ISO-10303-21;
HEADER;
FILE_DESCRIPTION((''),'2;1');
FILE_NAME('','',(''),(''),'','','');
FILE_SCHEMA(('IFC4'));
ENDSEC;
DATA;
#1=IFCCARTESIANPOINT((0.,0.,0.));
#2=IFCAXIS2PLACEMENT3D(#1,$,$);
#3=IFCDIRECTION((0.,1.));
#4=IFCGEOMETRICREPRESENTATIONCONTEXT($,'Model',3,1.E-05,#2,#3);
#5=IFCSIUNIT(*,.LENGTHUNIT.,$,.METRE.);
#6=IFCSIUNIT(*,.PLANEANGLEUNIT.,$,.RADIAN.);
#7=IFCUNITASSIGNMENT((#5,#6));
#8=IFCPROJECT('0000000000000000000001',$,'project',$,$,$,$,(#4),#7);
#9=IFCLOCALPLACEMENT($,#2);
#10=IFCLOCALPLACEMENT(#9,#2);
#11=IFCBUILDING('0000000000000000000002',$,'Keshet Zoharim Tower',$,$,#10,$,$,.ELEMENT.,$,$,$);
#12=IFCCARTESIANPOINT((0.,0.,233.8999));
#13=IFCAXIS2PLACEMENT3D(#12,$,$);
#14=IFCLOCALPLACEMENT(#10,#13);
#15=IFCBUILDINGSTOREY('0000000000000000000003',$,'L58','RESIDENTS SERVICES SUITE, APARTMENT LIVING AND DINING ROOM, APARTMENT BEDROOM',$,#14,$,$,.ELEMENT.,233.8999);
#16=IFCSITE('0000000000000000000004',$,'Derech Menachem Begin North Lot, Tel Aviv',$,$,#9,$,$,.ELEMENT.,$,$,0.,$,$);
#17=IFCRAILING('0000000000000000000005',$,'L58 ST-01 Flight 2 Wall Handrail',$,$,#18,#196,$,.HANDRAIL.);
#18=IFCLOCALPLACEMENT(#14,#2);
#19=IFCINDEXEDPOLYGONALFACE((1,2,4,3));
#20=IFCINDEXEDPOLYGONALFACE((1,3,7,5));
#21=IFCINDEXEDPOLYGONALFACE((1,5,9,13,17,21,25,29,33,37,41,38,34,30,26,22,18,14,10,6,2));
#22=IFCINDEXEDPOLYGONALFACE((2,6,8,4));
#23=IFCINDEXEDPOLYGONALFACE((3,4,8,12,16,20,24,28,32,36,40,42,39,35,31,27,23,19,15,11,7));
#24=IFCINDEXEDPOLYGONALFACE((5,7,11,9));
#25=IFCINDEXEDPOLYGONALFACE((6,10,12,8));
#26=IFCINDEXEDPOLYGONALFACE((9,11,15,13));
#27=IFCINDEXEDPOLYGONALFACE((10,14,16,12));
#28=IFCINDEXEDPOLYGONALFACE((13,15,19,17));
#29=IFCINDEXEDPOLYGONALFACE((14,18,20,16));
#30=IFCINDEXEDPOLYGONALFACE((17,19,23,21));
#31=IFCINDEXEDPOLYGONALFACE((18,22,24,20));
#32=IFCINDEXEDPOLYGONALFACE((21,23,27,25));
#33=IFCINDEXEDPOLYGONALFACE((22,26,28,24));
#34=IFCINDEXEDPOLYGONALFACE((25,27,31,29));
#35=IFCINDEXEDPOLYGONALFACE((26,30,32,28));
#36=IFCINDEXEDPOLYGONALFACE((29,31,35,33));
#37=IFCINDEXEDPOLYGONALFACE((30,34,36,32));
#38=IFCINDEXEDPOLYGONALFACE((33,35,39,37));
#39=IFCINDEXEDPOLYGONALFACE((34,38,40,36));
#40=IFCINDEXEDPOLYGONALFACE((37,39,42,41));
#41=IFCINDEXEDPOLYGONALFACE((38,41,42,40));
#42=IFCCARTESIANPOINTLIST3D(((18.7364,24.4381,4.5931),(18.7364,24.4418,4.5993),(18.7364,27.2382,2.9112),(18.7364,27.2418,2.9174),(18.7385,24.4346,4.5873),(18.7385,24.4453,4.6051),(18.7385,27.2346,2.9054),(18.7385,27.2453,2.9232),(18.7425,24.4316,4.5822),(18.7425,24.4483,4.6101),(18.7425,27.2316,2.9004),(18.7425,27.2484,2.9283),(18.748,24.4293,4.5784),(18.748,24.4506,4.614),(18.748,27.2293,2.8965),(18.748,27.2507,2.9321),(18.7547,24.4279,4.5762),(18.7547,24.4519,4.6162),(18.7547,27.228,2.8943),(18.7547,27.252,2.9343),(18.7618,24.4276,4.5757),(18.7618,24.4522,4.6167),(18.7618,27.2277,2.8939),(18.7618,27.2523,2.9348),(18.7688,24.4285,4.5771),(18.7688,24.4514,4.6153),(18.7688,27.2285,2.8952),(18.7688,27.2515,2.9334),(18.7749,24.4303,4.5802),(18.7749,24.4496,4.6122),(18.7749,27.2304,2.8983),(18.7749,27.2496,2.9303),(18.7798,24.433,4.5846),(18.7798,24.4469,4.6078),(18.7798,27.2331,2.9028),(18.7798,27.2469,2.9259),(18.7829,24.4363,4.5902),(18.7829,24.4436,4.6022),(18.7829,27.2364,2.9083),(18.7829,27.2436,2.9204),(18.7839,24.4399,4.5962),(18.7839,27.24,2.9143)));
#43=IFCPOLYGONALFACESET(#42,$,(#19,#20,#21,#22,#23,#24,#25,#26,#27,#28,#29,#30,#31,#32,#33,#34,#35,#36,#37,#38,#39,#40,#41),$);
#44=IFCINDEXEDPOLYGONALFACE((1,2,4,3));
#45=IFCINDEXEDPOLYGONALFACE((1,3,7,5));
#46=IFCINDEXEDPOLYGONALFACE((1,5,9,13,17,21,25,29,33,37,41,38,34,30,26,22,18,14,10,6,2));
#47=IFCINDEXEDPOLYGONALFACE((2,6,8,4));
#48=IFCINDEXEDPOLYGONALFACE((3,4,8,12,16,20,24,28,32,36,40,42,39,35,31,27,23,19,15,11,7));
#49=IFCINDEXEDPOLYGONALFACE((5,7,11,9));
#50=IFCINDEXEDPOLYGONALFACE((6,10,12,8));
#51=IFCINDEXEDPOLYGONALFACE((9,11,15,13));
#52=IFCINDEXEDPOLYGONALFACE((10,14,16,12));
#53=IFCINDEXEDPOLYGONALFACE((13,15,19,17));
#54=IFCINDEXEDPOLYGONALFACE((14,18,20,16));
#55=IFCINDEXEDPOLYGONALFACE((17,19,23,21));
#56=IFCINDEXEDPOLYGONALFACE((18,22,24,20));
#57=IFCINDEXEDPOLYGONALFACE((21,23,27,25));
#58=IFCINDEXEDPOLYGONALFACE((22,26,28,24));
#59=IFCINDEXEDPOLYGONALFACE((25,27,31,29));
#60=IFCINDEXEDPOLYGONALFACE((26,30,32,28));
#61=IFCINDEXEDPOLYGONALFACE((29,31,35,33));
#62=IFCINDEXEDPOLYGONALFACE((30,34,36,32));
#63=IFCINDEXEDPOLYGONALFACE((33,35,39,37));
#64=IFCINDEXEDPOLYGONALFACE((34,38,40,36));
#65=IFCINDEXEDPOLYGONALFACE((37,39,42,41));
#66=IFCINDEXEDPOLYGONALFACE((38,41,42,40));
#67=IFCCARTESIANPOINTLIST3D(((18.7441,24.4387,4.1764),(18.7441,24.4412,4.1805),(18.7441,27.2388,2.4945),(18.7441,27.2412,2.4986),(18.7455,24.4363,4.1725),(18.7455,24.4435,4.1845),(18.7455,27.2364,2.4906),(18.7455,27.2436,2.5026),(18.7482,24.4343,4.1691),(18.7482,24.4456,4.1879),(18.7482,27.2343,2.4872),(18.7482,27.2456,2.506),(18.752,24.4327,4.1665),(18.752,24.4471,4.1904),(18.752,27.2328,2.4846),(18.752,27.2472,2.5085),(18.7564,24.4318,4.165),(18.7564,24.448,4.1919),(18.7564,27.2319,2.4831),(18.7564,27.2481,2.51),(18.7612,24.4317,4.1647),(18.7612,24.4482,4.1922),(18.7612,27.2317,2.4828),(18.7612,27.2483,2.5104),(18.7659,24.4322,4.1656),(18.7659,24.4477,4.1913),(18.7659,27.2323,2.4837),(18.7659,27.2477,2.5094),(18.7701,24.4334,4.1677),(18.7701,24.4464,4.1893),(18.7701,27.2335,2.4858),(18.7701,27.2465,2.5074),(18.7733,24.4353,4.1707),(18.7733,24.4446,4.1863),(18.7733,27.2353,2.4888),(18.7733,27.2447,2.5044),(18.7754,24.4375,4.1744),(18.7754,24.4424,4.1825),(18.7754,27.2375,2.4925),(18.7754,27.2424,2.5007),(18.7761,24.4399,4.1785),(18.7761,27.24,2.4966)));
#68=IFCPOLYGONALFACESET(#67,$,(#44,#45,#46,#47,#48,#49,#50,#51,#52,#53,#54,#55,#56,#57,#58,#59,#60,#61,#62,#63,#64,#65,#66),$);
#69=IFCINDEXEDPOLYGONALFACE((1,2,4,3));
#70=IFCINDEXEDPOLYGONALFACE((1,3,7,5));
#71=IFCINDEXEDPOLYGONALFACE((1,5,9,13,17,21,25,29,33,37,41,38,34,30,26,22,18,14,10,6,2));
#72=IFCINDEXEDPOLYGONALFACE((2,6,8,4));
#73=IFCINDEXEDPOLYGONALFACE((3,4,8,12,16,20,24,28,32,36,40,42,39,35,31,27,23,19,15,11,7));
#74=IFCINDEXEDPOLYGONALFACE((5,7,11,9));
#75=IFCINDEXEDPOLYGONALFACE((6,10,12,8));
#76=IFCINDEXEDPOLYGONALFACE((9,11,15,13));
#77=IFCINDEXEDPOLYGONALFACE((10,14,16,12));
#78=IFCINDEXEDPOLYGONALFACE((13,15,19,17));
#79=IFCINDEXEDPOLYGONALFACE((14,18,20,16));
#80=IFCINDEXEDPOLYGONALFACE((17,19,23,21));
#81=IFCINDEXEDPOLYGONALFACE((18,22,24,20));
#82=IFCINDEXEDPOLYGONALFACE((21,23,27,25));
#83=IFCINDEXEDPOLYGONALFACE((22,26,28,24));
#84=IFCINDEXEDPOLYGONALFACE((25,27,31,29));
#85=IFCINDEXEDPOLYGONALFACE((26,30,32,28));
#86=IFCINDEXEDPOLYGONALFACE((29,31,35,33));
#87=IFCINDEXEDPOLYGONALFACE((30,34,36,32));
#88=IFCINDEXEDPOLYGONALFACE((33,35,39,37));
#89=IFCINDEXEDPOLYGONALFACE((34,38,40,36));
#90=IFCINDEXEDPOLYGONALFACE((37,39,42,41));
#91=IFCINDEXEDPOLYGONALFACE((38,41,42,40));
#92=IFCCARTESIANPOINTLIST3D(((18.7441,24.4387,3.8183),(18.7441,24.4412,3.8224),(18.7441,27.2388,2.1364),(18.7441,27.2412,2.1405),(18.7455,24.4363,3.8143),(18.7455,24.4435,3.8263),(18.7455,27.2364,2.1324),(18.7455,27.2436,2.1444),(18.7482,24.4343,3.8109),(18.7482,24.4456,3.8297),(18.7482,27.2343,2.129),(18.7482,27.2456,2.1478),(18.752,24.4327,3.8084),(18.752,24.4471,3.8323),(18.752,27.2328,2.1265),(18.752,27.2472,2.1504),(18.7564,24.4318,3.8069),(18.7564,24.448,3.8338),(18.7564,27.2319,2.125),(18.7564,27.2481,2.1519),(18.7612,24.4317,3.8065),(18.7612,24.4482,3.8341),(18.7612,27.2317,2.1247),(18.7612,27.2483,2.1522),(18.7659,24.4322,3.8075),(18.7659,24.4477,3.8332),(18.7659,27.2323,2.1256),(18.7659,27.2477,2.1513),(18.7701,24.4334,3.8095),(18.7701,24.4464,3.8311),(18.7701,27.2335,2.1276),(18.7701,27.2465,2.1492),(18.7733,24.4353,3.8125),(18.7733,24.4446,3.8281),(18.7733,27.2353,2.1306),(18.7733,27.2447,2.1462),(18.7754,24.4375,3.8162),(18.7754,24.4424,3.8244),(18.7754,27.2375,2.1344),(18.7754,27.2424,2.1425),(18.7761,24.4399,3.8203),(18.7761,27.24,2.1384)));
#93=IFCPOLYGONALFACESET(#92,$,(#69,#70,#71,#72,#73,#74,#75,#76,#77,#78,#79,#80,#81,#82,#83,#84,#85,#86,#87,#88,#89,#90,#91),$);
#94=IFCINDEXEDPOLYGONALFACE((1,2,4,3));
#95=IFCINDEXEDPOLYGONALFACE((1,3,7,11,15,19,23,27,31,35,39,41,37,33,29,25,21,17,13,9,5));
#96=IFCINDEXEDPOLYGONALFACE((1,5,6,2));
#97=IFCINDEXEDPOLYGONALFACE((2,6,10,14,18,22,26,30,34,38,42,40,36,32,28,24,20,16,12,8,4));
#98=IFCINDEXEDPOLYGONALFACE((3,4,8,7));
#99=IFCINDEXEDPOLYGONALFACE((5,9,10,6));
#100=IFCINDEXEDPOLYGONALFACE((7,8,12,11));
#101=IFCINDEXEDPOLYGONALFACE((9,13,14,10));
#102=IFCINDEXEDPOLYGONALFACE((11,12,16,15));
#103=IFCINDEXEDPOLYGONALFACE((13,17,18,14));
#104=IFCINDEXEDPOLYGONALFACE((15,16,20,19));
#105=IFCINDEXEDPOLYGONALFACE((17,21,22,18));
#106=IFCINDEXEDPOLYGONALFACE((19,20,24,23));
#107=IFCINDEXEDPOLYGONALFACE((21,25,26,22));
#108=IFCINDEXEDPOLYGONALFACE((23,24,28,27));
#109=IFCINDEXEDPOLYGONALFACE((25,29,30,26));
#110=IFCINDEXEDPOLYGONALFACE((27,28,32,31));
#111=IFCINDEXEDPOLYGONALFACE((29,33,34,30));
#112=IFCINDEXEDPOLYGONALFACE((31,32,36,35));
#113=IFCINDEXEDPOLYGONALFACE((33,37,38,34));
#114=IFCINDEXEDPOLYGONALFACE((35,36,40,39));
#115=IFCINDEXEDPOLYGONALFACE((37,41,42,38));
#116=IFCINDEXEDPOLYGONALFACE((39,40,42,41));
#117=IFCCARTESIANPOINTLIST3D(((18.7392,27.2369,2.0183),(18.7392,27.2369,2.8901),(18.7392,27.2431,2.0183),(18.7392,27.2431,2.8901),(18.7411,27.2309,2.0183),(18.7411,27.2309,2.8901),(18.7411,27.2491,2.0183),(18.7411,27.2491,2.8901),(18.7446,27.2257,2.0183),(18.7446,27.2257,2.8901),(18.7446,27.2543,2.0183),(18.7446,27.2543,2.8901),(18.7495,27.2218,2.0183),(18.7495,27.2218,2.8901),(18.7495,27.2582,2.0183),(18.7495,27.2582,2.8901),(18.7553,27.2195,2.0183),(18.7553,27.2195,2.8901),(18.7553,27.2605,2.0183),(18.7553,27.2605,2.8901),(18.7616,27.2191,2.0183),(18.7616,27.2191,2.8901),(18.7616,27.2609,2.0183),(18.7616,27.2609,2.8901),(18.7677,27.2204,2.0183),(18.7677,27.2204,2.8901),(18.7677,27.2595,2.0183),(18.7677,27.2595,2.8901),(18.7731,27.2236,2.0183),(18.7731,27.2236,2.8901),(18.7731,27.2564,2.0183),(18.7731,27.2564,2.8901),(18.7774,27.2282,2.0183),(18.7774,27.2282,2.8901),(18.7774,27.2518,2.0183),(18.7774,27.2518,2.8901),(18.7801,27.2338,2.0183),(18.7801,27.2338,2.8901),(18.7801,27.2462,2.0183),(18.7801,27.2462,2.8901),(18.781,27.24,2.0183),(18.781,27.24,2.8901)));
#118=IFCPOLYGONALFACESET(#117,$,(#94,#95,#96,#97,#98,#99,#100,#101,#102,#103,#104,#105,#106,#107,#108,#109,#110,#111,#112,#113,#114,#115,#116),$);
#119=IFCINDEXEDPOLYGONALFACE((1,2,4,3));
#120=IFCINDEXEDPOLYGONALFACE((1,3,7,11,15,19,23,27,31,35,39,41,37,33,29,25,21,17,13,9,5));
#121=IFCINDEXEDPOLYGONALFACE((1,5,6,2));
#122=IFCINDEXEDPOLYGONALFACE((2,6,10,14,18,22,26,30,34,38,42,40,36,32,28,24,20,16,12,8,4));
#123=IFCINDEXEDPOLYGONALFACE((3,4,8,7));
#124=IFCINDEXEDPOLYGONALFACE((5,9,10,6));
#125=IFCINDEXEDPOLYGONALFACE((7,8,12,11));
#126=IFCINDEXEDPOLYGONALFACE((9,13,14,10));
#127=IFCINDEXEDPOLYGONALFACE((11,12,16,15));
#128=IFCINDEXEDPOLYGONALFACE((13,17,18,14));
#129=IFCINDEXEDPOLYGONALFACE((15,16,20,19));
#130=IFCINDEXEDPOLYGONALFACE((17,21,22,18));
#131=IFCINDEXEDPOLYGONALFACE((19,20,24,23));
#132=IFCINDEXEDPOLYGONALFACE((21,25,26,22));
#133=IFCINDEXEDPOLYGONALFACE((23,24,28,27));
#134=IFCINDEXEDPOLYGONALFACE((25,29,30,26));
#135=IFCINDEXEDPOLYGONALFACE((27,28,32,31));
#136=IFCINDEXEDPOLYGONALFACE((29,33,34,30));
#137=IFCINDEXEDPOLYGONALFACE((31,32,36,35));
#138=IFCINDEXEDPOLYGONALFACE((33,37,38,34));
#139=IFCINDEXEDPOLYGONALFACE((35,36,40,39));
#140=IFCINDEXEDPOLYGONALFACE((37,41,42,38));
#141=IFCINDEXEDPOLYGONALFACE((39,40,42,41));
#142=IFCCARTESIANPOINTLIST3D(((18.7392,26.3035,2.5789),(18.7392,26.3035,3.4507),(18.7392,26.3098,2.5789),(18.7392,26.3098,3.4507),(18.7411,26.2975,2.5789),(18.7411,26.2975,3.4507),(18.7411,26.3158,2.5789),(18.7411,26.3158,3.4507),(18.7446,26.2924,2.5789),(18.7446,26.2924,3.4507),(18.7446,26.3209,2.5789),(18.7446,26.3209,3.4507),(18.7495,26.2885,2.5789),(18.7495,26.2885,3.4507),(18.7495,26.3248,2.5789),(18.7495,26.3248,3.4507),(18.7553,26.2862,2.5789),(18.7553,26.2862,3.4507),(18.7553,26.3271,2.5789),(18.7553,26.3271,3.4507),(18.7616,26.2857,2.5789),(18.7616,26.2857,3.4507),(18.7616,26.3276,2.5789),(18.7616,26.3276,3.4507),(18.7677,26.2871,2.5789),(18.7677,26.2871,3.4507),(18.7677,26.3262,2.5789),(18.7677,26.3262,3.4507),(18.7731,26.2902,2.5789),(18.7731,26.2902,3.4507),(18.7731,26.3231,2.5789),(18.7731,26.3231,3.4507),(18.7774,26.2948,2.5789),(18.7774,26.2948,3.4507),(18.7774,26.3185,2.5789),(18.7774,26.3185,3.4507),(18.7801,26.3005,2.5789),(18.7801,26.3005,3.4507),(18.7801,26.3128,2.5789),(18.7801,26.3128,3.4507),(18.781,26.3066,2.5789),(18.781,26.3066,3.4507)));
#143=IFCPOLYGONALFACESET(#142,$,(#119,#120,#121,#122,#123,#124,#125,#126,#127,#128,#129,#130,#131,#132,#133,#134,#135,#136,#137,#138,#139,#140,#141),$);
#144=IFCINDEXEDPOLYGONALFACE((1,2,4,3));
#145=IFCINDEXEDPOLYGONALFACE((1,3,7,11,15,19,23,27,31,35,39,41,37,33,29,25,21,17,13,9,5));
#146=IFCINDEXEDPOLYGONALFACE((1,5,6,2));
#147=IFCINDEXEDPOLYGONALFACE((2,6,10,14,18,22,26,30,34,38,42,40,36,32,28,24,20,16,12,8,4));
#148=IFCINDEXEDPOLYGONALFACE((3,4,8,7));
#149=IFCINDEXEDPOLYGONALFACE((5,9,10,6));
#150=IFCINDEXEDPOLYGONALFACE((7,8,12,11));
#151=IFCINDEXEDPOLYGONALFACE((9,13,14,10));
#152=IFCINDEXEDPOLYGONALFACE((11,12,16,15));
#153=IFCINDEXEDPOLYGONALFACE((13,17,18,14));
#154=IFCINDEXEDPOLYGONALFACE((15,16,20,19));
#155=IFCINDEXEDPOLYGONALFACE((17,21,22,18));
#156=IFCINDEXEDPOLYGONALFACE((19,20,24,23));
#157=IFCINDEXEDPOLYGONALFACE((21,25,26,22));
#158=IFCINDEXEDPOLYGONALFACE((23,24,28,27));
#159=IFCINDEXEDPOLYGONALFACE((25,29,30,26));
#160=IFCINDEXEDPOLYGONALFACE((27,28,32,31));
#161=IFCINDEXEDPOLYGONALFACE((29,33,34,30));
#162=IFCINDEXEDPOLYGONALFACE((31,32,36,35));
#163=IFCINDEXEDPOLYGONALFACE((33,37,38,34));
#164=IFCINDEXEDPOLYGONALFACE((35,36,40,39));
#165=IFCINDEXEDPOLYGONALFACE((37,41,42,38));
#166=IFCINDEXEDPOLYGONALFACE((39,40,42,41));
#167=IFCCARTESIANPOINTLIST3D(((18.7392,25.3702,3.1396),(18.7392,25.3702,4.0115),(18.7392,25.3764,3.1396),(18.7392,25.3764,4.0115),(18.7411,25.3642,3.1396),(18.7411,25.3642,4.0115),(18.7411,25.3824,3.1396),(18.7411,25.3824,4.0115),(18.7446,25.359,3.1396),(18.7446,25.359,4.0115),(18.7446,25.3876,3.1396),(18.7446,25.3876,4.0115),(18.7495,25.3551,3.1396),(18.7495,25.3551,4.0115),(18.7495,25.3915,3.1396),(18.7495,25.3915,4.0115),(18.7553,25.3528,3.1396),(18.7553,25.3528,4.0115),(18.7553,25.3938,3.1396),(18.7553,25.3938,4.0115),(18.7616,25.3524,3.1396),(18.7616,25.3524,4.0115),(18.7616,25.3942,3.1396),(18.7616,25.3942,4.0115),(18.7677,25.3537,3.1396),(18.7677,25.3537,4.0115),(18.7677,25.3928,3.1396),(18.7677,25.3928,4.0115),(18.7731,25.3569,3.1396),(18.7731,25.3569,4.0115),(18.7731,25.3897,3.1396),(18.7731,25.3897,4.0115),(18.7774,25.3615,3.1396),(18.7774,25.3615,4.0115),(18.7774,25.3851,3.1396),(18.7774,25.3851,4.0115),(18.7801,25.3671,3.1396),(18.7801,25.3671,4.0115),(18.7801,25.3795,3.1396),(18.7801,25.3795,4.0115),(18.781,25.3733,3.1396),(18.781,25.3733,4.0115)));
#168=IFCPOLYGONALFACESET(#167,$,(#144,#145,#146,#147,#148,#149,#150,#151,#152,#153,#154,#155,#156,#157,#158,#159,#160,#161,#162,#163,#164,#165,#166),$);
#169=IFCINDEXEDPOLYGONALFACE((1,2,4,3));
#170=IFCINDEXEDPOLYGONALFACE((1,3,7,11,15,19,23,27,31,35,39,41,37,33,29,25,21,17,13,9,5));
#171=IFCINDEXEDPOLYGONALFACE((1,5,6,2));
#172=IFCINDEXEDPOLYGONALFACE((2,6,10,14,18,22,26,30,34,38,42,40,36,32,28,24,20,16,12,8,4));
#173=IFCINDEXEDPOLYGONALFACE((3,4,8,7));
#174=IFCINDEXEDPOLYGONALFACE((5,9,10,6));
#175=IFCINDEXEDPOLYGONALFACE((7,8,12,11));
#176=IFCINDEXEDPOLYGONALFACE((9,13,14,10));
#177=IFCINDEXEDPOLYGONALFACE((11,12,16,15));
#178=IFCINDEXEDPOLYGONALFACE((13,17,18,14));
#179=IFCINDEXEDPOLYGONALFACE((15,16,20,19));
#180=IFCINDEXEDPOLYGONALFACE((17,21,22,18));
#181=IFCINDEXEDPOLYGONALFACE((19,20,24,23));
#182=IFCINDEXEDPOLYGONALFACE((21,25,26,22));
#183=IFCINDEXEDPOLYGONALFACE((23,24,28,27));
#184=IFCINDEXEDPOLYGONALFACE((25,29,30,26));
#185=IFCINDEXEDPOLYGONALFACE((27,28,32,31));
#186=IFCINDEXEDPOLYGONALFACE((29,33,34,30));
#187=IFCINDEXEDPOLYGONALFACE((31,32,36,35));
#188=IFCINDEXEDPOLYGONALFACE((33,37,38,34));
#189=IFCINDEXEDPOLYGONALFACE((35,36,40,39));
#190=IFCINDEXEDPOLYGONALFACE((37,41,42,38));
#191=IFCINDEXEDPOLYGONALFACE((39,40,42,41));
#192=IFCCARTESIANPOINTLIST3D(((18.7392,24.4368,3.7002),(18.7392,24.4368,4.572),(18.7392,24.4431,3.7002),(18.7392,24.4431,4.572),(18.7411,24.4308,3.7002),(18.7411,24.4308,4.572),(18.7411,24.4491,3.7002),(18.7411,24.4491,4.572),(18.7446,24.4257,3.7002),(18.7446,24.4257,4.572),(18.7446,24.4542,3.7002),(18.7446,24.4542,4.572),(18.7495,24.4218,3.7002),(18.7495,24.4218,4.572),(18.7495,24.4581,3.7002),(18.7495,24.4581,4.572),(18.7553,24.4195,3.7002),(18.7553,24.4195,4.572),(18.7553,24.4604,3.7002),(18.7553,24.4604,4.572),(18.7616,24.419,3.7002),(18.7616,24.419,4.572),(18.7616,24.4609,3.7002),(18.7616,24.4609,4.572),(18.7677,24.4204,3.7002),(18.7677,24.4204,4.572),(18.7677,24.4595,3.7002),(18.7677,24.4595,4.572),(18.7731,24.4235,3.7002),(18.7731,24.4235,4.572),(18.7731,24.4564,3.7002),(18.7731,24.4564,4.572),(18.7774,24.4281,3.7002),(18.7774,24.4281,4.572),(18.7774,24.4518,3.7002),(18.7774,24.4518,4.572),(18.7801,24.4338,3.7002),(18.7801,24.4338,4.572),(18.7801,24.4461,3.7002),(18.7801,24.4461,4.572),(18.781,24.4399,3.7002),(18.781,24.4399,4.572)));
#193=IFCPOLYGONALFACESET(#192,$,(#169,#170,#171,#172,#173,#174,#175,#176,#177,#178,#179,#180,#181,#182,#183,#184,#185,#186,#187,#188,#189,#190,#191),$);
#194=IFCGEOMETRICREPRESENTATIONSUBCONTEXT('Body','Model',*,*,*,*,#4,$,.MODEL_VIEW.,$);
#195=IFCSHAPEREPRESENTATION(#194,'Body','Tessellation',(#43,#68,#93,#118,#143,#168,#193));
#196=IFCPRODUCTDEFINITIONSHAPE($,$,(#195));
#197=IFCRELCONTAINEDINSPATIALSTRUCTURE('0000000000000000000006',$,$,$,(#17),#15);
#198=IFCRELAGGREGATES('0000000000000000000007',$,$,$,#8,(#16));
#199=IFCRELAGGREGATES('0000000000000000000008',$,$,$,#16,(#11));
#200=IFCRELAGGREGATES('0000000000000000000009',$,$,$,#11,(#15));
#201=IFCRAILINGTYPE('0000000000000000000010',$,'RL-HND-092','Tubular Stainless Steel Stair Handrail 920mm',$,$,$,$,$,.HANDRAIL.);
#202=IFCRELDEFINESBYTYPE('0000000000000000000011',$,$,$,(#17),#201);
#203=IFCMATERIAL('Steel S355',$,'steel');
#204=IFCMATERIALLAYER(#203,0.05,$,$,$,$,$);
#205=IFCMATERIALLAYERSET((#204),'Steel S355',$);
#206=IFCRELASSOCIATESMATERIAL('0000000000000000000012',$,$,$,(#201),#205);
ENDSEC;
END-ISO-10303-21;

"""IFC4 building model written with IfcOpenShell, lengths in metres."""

from ifc_helpers import new_model, si_unit, direction, frame, origin, origin_2d, place, context, subcontext, project, spatial, circle, extrude, material, layer, layer_set, type_object, element, save


model = new_model("IFC4")

# Units and contexts
model_context = context("Model", 3, precision=1e-05, world=origin(), true_north=direction((0.0, 1.0)))
body_context = subcontext(model_context, "Body", "Model", "MODEL_VIEW")
ifc_project = project(units=[si_unit("LENGTHUNIT", "METRE"), si_unit("PLANEANGLEUNIT", "RADIAN")], contexts=[model_context])

# Site, building, storey
site_placement = place(None, origin())
site = spatial("IfcSite", under=ifc_project, at=site_placement, Name="Derech Menachem Begin North Lot, Tel Aviv", CompositionType="ELEMENT", RefElevation=0.0)
building_placement = place(site_placement, origin())
building = spatial("IfcBuilding", under=site, at=building_placement, Name="Keshet Zoharim Tower", CompositionType="ELEMENT")
storey_placement = place(building_placement, frame((0.0, 0.0, 233.8999)))
storey = spatial("IfcBuildingStorey", under=building, at=storey_placement, Name="L58", Description="RESIDENTS SERVICES SUITE, APARTMENT LIVING AND DINING ROOM, APARTMENT BEDROOM", CompositionType="ELEMENT", Elevation=233.8999)

# Shared definitions
ifc_material_1 = material(Name="Steel S355", Category="steel")

# Railing
ifc_layer_1 = layer(ifc_material_1, 0.05)
ifc_layer_set_1 = layer_set([ifc_layer_1], Name="Steel S355")
railing_type_1 = type_object("IfcRailingType", Name="RL-HND-092", Description="Tubular Stainless Steel Stair Handrail 920mm", PredefinedType="HANDRAIL", material=ifc_layer_set_1)
railing_1_placement = place(storey_placement, frame((18.76, 27.24, 2.0183)))
element("IfcRailing", 1, at=railing_1_placement, inside=storey, type_object=railing_type_1, Name="L58 ST-01 Flight 2 Wall Handrail", PredefinedType="HANDRAIL", context=body_context, shape_type="SweptSolid", body=[
    extrude(circle(Radius=0.0239, at=origin_2d()), frame((0.0, 0.0, 0.896), z_axis=(0.0, -0.857242, 0.514913), x_axis=(1.0, 0.0, 0.0)), (0.0, 0.0, 1.0), 3.2664),
    extrude(circle(Radius=0.0161, at=origin_2d()), frame((0.0, 0.0, 0.4783), z_axis=(0.0, -0.857242, 0.514913), x_axis=(1.0, 0.0, 0.0)), (0.0, 0.0, 1.0), 3.2664),
    extrude(circle(Radius=0.0161, at=origin_2d()), frame((0.0, 0.0, 0.1201), z_axis=(0.0, -0.857242, 0.514913), x_axis=(1.0, 0.0, 0.0)), (0.0, 0.0, 1.0), 3.2664),
    extrude(circle(Radius=0.021, at=origin_2d()), origin(), (0.0, 0.0, 1.0), 0.8718),
    extrude(circle(Radius=0.021, at=origin_2d()), frame((0.0, -0.9333, 0.5605)), (0.0, 0.0, 1.0), 0.8718),
    extrude(circle(Radius=0.021, at=origin_2d()), frame((0.0, -1.8667, 1.1213)), (0.0, 0.0, 1.0), 0.8718),
    extrude(circle(Radius=0.021, at=origin_2d()), frame((0.0, -2.8, 1.6819)), (0.0, 0.0, 1.0), 0.8718),
])

save(model, "model.ifc")
